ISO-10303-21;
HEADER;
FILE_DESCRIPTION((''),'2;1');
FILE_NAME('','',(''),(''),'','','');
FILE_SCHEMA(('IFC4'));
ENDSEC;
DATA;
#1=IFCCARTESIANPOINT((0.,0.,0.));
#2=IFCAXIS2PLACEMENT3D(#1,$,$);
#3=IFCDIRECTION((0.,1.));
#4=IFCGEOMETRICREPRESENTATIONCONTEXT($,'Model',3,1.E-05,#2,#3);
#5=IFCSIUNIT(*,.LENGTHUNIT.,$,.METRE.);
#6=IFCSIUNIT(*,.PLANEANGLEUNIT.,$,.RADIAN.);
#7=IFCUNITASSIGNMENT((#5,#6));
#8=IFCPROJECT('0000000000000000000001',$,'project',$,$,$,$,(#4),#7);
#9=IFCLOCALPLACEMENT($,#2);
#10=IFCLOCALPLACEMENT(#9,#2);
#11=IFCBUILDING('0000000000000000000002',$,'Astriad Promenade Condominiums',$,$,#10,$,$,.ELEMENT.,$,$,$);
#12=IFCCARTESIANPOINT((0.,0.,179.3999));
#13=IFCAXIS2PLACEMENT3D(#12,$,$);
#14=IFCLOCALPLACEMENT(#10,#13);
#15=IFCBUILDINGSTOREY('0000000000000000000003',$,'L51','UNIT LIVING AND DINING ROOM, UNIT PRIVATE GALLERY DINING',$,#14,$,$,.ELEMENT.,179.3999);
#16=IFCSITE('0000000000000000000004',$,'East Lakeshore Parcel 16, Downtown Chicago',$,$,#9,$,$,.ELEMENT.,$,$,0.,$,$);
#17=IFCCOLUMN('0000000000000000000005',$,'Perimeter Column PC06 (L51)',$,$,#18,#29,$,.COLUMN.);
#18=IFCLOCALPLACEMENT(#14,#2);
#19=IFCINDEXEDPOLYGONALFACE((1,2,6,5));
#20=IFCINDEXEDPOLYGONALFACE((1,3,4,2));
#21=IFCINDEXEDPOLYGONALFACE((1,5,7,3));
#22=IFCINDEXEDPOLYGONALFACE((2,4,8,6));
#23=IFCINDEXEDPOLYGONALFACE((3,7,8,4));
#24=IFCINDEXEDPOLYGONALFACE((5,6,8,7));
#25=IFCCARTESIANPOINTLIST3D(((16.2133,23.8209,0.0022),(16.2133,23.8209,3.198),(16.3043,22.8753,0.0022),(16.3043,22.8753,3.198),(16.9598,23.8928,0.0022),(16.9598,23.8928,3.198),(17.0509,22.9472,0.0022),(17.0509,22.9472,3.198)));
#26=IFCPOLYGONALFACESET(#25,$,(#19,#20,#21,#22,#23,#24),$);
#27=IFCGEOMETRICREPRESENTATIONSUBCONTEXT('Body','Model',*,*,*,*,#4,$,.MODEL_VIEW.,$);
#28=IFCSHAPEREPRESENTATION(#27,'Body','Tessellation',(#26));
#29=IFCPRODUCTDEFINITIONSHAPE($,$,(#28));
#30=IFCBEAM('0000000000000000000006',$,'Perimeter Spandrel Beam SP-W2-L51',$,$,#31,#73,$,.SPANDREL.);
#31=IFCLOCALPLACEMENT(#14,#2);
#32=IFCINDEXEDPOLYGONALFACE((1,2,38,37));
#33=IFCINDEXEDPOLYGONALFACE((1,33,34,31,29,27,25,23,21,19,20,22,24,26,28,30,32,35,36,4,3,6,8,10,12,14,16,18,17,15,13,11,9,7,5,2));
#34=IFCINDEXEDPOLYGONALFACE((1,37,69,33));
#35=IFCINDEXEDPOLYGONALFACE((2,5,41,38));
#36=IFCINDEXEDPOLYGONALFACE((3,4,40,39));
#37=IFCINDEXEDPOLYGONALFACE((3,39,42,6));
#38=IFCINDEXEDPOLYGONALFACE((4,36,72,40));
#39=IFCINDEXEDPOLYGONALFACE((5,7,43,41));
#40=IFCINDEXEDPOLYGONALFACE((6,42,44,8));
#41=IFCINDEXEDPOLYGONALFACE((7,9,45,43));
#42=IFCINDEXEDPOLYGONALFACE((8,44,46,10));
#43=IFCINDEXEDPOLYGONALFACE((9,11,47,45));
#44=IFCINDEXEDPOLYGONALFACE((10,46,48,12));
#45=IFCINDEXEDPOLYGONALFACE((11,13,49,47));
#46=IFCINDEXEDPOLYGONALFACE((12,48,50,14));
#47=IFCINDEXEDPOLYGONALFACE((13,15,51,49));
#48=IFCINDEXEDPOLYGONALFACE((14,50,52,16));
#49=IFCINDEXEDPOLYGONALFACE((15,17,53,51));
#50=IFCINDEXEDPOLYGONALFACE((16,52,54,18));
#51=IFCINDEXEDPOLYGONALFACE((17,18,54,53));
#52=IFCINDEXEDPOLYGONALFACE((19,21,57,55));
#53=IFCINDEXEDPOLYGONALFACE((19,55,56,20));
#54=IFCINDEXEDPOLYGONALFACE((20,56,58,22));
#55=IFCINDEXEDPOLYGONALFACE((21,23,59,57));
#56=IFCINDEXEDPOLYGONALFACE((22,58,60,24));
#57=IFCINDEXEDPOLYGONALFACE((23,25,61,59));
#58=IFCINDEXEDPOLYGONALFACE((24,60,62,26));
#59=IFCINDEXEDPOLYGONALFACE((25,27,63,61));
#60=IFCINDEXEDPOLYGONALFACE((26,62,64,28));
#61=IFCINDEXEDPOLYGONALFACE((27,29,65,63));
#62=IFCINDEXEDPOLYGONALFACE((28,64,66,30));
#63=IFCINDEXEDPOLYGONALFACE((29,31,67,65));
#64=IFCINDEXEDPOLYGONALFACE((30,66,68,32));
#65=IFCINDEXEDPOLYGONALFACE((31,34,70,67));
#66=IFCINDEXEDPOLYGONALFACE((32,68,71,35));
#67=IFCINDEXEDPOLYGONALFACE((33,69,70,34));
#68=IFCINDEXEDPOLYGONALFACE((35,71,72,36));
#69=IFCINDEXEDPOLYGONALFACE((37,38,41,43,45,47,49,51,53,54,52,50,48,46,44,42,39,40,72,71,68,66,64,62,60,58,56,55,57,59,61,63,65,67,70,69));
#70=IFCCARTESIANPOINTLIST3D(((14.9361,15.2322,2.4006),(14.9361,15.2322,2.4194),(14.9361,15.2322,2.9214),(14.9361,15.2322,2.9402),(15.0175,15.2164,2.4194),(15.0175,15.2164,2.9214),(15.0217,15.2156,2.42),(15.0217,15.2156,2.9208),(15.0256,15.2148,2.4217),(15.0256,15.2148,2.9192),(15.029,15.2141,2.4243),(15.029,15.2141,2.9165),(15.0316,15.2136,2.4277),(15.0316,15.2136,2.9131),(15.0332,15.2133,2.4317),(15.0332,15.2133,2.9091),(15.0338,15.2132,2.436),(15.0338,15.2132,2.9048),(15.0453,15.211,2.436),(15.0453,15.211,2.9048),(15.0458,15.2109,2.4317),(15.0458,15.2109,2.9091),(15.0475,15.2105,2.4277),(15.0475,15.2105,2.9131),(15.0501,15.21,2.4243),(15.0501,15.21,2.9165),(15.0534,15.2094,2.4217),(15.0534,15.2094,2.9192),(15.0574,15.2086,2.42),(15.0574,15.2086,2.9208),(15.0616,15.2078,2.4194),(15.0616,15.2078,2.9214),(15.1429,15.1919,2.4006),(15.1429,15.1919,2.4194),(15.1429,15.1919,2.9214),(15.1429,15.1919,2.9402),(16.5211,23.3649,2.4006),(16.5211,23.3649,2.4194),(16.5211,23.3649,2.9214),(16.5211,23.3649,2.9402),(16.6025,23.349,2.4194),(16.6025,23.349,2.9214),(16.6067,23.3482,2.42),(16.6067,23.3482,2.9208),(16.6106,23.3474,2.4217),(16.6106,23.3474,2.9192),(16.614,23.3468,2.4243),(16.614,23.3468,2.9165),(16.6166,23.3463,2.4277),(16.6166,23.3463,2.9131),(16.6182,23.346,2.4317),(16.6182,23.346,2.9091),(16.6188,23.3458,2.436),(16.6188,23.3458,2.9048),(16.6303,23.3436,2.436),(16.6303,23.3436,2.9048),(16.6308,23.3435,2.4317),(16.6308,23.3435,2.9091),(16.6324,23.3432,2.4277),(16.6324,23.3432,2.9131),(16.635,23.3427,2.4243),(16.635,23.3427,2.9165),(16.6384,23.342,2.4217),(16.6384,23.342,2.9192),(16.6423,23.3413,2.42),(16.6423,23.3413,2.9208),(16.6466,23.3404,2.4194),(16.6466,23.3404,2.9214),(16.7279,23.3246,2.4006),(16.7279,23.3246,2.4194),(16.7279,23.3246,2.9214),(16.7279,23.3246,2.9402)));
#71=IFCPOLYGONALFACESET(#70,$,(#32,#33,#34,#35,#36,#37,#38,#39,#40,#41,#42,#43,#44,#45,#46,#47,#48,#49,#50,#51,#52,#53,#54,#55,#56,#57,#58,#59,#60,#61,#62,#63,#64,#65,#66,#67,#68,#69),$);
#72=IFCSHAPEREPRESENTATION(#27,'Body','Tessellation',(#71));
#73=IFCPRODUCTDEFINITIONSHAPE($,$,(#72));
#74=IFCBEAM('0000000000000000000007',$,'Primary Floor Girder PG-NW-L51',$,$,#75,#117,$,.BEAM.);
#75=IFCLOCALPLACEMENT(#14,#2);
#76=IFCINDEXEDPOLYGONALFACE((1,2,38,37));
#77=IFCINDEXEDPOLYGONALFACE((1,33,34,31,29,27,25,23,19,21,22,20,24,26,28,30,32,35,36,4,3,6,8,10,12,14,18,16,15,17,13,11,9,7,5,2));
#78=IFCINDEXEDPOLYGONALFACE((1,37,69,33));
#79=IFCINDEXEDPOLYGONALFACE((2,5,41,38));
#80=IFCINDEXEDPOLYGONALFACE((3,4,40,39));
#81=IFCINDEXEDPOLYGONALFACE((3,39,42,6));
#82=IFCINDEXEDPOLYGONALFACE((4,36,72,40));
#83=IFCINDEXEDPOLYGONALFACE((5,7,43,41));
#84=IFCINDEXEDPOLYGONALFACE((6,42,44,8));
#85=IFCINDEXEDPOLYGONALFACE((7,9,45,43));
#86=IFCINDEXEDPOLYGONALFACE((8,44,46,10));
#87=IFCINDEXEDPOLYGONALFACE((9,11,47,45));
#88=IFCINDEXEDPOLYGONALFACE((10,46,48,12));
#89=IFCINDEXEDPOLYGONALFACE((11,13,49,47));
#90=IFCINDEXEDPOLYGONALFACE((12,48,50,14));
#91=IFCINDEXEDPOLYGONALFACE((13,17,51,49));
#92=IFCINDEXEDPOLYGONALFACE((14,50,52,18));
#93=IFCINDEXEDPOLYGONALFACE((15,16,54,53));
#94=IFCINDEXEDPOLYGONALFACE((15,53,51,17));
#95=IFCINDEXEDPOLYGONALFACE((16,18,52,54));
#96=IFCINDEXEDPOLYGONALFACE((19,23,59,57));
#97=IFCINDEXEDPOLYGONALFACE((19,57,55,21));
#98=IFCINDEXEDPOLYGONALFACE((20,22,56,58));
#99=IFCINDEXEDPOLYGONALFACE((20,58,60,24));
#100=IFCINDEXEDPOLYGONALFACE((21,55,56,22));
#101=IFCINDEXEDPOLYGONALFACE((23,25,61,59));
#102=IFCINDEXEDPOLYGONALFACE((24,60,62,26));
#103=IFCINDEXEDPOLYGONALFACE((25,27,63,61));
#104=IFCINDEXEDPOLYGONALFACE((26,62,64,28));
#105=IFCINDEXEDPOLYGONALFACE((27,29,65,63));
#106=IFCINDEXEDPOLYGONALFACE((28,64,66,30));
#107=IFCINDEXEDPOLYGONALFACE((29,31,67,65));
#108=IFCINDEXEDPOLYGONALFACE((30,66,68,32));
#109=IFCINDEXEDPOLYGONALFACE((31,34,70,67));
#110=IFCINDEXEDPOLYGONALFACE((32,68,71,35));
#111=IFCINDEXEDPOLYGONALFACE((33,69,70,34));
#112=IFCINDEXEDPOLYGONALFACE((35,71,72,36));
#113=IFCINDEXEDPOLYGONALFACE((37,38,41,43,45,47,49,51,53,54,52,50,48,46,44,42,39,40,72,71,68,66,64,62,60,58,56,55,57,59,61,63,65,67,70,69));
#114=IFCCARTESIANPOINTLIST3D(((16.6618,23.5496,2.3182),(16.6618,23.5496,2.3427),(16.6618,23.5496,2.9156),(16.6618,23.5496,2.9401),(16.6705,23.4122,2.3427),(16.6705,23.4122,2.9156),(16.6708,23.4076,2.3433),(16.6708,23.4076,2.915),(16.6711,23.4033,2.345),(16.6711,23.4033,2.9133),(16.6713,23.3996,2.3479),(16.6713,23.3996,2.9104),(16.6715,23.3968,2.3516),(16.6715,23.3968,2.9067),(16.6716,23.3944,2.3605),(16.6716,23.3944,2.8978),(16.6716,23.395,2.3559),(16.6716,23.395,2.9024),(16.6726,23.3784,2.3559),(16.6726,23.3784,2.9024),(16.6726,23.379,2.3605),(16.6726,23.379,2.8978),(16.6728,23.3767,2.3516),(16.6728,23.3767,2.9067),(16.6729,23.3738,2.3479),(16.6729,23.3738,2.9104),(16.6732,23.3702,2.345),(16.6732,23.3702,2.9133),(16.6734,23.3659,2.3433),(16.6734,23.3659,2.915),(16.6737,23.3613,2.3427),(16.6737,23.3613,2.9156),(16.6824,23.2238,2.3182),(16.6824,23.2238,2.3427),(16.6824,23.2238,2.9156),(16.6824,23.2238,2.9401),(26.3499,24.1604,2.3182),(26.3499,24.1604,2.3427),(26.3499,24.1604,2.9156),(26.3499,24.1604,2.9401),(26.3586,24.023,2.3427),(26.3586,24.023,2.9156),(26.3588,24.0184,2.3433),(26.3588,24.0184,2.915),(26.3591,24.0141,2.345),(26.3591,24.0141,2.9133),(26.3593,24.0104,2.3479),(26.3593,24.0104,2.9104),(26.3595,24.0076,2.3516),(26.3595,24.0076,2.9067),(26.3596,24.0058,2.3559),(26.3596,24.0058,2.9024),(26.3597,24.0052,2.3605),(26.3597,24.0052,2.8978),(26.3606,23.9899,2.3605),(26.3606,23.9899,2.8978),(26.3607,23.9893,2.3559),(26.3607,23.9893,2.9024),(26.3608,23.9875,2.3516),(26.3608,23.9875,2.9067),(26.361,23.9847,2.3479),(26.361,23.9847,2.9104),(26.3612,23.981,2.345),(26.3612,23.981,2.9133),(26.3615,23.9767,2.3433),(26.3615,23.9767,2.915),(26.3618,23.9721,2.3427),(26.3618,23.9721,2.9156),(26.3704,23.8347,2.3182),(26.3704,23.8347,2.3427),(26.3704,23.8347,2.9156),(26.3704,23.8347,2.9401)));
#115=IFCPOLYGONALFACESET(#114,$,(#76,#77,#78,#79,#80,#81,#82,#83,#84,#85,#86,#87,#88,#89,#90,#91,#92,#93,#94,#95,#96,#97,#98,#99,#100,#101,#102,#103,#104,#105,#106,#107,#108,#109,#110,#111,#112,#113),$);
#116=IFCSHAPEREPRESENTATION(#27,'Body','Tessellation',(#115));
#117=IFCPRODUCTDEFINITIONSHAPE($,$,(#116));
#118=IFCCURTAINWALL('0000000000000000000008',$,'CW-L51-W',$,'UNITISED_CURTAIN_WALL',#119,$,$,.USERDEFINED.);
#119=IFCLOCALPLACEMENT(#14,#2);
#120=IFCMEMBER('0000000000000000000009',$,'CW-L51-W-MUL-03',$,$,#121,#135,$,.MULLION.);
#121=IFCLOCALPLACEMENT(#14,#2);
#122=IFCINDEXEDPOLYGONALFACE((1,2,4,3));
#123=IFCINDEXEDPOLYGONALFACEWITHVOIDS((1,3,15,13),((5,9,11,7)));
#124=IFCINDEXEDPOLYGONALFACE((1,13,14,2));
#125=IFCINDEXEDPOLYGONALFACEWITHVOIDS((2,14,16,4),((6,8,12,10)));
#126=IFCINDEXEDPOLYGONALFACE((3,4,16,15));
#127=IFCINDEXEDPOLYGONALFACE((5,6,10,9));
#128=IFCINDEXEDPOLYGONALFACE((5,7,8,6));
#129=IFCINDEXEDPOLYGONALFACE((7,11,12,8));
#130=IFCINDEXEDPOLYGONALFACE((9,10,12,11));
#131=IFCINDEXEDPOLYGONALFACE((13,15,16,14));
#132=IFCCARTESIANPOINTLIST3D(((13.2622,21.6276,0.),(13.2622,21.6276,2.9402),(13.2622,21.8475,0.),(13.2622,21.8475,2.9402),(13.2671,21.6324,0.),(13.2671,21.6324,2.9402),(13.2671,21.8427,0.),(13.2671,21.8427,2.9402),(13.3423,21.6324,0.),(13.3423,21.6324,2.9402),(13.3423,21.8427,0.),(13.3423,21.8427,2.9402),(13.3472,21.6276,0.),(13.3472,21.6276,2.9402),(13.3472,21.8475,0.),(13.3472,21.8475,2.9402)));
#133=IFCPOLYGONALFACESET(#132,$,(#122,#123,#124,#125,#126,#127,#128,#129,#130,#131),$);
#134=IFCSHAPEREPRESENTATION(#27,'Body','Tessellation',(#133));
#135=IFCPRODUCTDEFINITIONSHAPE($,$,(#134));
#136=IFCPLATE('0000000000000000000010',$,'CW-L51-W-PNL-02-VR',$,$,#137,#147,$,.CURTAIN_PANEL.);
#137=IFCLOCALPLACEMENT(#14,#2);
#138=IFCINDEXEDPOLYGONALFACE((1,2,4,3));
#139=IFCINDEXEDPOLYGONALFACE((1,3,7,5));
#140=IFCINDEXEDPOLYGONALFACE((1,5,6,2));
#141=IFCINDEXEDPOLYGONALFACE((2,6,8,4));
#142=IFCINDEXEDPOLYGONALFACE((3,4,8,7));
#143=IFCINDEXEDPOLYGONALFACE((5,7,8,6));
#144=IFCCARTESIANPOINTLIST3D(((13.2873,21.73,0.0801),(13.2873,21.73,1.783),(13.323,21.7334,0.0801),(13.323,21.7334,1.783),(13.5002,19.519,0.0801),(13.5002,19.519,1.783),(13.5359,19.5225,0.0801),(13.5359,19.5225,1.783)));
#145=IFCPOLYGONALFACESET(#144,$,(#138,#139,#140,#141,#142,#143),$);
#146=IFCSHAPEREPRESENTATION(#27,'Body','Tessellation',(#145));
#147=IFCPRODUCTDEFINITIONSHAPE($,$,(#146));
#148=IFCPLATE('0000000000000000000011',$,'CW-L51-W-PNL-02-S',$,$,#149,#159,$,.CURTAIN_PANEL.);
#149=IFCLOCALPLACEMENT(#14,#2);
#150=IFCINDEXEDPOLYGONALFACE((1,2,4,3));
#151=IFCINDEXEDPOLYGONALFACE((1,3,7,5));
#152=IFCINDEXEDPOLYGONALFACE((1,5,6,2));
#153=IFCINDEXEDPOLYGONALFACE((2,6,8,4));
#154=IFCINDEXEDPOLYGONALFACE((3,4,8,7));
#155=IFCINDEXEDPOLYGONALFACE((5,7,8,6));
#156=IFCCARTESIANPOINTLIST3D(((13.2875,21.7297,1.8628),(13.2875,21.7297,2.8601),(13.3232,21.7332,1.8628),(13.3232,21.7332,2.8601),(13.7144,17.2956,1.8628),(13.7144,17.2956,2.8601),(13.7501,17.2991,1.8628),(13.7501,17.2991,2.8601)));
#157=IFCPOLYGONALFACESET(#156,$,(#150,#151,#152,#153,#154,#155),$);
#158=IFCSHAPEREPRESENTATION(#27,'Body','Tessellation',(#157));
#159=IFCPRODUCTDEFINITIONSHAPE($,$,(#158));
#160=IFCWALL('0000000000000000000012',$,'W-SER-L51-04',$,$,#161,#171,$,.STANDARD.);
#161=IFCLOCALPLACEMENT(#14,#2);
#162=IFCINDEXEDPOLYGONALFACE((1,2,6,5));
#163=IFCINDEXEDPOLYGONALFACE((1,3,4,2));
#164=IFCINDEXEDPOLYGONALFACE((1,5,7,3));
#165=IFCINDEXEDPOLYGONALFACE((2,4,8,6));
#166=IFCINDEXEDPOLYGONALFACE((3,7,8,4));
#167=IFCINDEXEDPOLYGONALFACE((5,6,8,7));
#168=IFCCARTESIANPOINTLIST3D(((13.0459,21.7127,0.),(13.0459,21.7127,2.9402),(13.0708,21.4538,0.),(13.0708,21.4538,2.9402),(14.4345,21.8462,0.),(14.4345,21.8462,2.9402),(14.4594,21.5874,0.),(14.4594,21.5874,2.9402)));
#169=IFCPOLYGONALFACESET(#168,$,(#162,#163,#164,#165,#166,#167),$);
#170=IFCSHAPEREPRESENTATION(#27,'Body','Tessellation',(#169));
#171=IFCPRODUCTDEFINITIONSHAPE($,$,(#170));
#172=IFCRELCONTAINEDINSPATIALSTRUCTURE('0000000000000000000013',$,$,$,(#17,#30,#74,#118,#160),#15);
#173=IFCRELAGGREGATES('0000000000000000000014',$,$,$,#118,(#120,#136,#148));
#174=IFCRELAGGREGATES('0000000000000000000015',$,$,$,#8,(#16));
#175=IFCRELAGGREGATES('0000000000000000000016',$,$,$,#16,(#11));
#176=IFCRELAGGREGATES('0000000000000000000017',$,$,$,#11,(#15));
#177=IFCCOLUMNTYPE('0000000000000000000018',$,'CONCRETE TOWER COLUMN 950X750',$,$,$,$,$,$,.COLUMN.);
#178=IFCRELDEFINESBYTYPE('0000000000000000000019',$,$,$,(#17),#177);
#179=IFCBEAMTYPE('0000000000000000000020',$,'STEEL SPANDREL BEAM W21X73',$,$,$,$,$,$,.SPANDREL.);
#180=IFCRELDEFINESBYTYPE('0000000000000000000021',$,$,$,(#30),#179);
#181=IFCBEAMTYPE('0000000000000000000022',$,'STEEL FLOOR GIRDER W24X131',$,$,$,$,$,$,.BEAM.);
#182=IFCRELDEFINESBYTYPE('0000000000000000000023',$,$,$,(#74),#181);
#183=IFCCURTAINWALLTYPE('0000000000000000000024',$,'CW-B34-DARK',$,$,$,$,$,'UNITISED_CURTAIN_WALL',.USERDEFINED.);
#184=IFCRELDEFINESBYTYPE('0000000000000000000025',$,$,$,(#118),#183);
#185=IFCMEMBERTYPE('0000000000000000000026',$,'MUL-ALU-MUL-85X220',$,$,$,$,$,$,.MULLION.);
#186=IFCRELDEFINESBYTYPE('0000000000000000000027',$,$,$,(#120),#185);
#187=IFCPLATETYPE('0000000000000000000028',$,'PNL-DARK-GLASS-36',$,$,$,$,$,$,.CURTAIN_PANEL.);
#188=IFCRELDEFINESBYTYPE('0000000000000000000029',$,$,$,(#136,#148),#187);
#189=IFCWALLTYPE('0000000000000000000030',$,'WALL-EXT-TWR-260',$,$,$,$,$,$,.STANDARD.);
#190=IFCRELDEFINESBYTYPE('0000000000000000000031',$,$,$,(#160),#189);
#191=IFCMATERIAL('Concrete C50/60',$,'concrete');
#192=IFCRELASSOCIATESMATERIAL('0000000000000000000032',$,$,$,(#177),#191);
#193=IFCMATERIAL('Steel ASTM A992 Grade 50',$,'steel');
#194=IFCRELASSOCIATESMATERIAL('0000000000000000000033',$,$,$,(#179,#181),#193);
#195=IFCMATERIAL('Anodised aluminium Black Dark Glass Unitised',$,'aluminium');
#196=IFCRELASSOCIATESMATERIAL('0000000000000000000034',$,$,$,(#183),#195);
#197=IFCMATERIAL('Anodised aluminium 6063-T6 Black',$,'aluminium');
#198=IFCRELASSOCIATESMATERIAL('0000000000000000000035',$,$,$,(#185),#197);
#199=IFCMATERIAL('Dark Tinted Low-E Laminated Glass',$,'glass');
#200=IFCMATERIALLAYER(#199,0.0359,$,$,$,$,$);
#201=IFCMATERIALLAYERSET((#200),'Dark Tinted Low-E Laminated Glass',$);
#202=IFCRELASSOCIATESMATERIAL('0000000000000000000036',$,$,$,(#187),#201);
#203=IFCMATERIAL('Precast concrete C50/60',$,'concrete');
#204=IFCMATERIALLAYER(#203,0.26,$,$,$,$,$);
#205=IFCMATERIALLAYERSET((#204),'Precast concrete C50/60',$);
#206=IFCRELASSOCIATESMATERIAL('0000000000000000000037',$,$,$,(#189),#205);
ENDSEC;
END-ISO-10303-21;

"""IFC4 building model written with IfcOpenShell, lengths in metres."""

from ifc_helpers import new_model, si_unit, direction, frame, frame_2d, origin, origin_2d, place, context, subcontext, project, spatial, rectangle, hollow_rectangle, i_section, extrude, source, transform, mapped, material, layer, layer_set, material_profile, profile_set, type_object, type_shapes, element, aggregate, save


model = new_model("IFC4")

# Units and contexts
model_context = context("Model", 3, precision=1e-05, world=origin(), true_north=direction((0.0, 1.0)))
body_context = subcontext(model_context, "Body", "Model", "MODEL_VIEW")
ifc_project = project(units=[si_unit("LENGTHUNIT", "METRE"), si_unit("PLANEANGLEUNIT", "RADIAN")], contexts=[model_context])

# Site, building, storey
site_placement = place(None, origin())
site = spatial("IfcSite", under=ifc_project, at=site_placement, Name="East Lakeshore Parcel 16, Downtown Chicago", CompositionType="ELEMENT", RefElevation=0.0)
building_placement = place(site_placement, origin())
building = spatial("IfcBuilding", under=site, at=building_placement, Name="Astriad Promenade Condominiums", CompositionType="ELEMENT")
storey_placement = place(building_placement, frame((0.0, 0.0, 179.3999)))
storey = spatial("IfcBuildingStorey", under=building, at=storey_placement, Name="L51", Description="UNIT LIVING AND DINING ROOM, UNIT PRIVATE GALLERY DINING", CompositionType="ELEMENT", Elevation=179.3999)

# Column
ifc_material_1 = material(Name="Concrete C50/60", Category="concrete")
ifc_material_profile_1 = material_profile(ifc_material_1, rectangle(XDim=0.75, YDim=0.95, at=origin_2d()), Name="RC-COL-950X750")
ifc_profile_set_1 = profile_set([ifc_material_profile_1], Name="Concrete C50/60")
column_type = type_object("IfcColumnType", Name="CONCRETE TOWER COLUMN 950X750", PredefinedType="COLUMN", material=ifc_profile_set_1)
shared_shape_1 = source(origin(), body_context, "Body", "SweptSolid", [
    extrude(rectangle(XDim=0.75, YDim=0.95, at=origin_2d()), origin(), (0.0, 0.0, 1.0), 3.1958),
])
type_shapes(column_type, [shared_shape_1])
column_placement = place(storey_placement, frame((16.6321, 23.384, 0.0022), z_axis=(0.0, 0.0, 1.0), x_axis=(0.995396, 0.095846, 0.0)))
element("IfcColumn", 1, at=column_placement, inside=storey, type_object=column_type, Name="Perimeter Column PC06 (L51)", PredefinedType="COLUMN", context=body_context, shape_type="MappedRepresentation", body=[
    mapped(shared_shape_1, transform((0.0, 0.0, 0.0), scale=1.0)),
])

# Beams
ifc_material_2 = material(Name="Steel ASTM A992 Grade 50", Category="steel")
ifc_material_profile_2 = material_profile(ifc_material_2, i_section(OverallWidth=0.2107, OverallDepth=0.5396, WebThickness=0.0117, FlangeThickness=0.0188, FilletRadius=0.0166, at=origin_2d()), Name="W21X73")
ifc_profile_set_2 = profile_set([ifc_material_profile_2], Name="Steel ASTM A992 Grade 50")
beam_type_1 = type_object("IfcBeamType", Name="STEEL SPANDREL BEAM W21X73", PredefinedType="SPANDREL", material=ifc_profile_set_2)
shared_shape_2 = source(origin(), body_context, "Body", "SweptSolid", [
    extrude(i_section(OverallWidth=0.2107, OverallDepth=0.5396, WebThickness=0.0117, FlangeThickness=0.0188, FilletRadius=0.0166, at=origin_2d()), origin(), (0.0, 0.0, 1.0), 8.2856),
])
type_shapes(beam_type_1, [shared_shape_2])
beam_1_placement = place(storey_placement, frame((16.6245, 23.3447, 2.6704), z_axis=(-0.191292, -0.981533, 0.0), x_axis=(0.981533, -0.191292, 0.0)))
element("IfcBeam", 2, at=beam_1_placement, inside=storey, type_object=beam_type_1, Name="Perimeter Spandrel Beam SP-W2-L51", PredefinedType="SPANDREL", context=body_context, shape_type="MappedRepresentation", body=[
    mapped(shared_shape_2, transform((0.0, 0.0, 0.0), scale=1.0)),
])
ifc_material_profile_3 = material_profile(ifc_material_2, i_section(OverallWidth=0.3264, OverallDepth=0.6218, WebThickness=0.0154, FlangeThickness=0.0244, FilletRadius=0.0178, at=origin_2d()), Name="W24X131")
ifc_profile_set_3 = profile_set([ifc_material_profile_3], Name="Steel ASTM A992 Grade 50")
beam_type_2 = type_object("IfcBeamType", Name="STEEL FLOOR GIRDER W24X131", PredefinedType="BEAM", material=ifc_profile_set_3)
shared_shape_3 = source(origin(), body_context, "Body", "SweptSolid", [
    extrude(i_section(OverallWidth=0.3264, OverallDepth=0.6218, WebThickness=0.0154, FlangeThickness=0.0244, FilletRadius=0.0178, at=origin_2d()), origin(), (0.0, 0.0, 1.0), 9.7073),
])
type_shapes(beam_type_2, [shared_shape_3])
beam_2_placement = place(storey_placement, frame((16.6721, 23.3867, 2.6292), z_axis=(0.998018, 0.062926, 0.0), x_axis=(-0.062926, 0.998018, 0.0)))
element("IfcBeam", 3, at=beam_2_placement, inside=storey, type_object=beam_type_2, Name="Primary Floor Girder PG-NW-L51", PredefinedType="BEAM", context=body_context, shape_type="MappedRepresentation", body=[
    mapped(shared_shape_3, transform((0.0, 0.0, 0.0), scale=1.0)),
])

# Curtain wall, member, plates
ifc_material_3 = material(Name="Anodised aluminium Black Dark Glass Unitised", Category="aluminium")
curtain_wall_type = type_object("IfcCurtainWallType", Name="CW-B34-DARK", ElementType="UNITISED_CURTAIN_WALL", PredefinedType="USERDEFINED", material=ifc_material_3)
curtain_wall_placement = place(storey_placement, origin())
curtain_wall = element("IfcCurtainWall", 4, at=curtain_wall_placement, inside=storey, type_object=curtain_wall_type, Name="CW-L51-W", ObjectType="UNITISED_CURTAIN_WALL", PredefinedType="USERDEFINED")
ifc_material_4 = material(Name="Anodised aluminium 6063-T6 Black", Category="aluminium")
ifc_material_profile_4 = material_profile(ifc_material_4, hollow_rectangle(XDim=0.085, YDim=0.22, WallThickness=0.0049, at=origin_2d()), Name="ALU-MUL-85X220")
ifc_profile_set_4 = profile_set([ifc_material_profile_4], Name="Anodised aluminium 6063-T6 Black")
member_type = type_object("IfcMemberType", Name="MUL-ALU-MUL-85X220", PredefinedType="MULLION", material=ifc_profile_set_4)
shared_shape_4 = source(origin(), body_context, "Body", "SweptSolid", [
    extrude(hollow_rectangle(XDim=0.085, YDim=0.22, WallThickness=0.0049, at=origin_2d()), origin(), (0.0, 0.0, 1.0), 2.9402),
])
type_shapes(member_type, [shared_shape_4])
member_placement = place(storey_placement, frame((13.3047, 21.7375, 0.0), z_axis=(0.0, 0.0, 1.0), x_axis=(1.0, 0.0, 0.0)))
member = element("IfcMember", 5, at=member_placement, type_object=member_type, Name="CW-L51-W-MUL-03", PredefinedType="MULLION", context=body_context, shape_type="MappedRepresentation", body=[
    mapped(shared_shape_4, transform((0.0, 0.0, 0.0), scale=1.0)),
])
ifc_material_5 = material(Name="Dark Tinted Low-E Laminated Glass", Category="glass")
ifc_layer_1 = layer(ifc_material_5, 0.0359)
ifc_layer_set_1 = layer_set([ifc_layer_1], Name="Dark Tinted Low-E Laminated Glass")
plate_type = type_object("IfcPlateType", Name="PNL-DARK-GLASS-36", PredefinedType="CURTAIN_PANEL", material=ifc_layer_set_1)
shared_shape_5 = source(origin(), body_context, "Body", "SweptSolid", [
    extrude(rectangle(XDim=2.2212, YDim=0.0359, at=origin_2d()), origin(), (0.0, 0.0, 1.0), 1.7029),
])
plate_1_placement = place(storey_placement, frame((13.4116, 20.6262, 0.0801), z_axis=(0.0, 0.0, 1.0), x_axis=(-0.095846, 0.995396, 0.0)))
plate_1 = element("IfcPlate", 6, at=plate_1_placement, type_object=plate_type, Name="CW-L51-W-PNL-02-VR", PredefinedType="CURTAIN_PANEL", context=body_context, shape_type="MappedRepresentation", body=[
    mapped(shared_shape_5, transform((0.0, 0.0, 0.0), scale=1.0)),
])
shared_shape_6 = source(origin(), body_context, "Body", "SweptSolid", [
    extrude(rectangle(XDim=4.4546, YDim=0.0359, at=origin_2d()), origin(), (0.0, 0.0, 1.0), 0.9973),
])
type_shapes(plate_type, [shared_shape_5, shared_shape_6])
plate_2_placement = place(storey_placement, frame((13.5188, 19.5144, 1.8628), z_axis=(0.0, 0.0, 1.0), x_axis=(-0.095846, 0.995396, 0.0)))
plate_2 = element("IfcPlate", 7, at=plate_2_placement, type_object=plate_type, Name="CW-L51-W-PNL-02-S", PredefinedType="CURTAIN_PANEL", context=body_context, shape_type="MappedRepresentation", body=[
    mapped(shared_shape_6, transform((0.0, 0.0, 0.0), scale=1.0)),
])
aggregate(curtain_wall, [member, plate_1, plate_2])

# Wall
ifc_material_6 = material(Name="Precast concrete C50/60", Category="concrete")
ifc_layer_2 = layer(ifc_material_6, 0.26)
ifc_layer_set_2 = layer_set([ifc_layer_2], Name="Precast concrete C50/60")
wall_type_1 = type_object("IfcWallType", Name="WALL-EXT-TWR-260", PredefinedType="STANDARD", material=ifc_layer_set_2)
wall_1_placement = place(storey_placement, frame((13.0583, 21.5833, 0.0), z_axis=(0.0, 0.0, 1.0), x_axis=(0.995408, 0.095726, 0.0)))
element("IfcWall", 8, at=wall_1_placement, inside=storey, type_object=wall_type_1, Name="W-SER-L51-04", PredefinedType="STANDARD", context=body_context, shape_type="SweptSolid", body=[
    extrude(rectangle(XDim=1.395, YDim=0.26, at=frame_2d((0.6975, 0.0))), origin(), (0.0, 0.0, 1.0), 2.9402),
])

save(model, "model.ifc")
